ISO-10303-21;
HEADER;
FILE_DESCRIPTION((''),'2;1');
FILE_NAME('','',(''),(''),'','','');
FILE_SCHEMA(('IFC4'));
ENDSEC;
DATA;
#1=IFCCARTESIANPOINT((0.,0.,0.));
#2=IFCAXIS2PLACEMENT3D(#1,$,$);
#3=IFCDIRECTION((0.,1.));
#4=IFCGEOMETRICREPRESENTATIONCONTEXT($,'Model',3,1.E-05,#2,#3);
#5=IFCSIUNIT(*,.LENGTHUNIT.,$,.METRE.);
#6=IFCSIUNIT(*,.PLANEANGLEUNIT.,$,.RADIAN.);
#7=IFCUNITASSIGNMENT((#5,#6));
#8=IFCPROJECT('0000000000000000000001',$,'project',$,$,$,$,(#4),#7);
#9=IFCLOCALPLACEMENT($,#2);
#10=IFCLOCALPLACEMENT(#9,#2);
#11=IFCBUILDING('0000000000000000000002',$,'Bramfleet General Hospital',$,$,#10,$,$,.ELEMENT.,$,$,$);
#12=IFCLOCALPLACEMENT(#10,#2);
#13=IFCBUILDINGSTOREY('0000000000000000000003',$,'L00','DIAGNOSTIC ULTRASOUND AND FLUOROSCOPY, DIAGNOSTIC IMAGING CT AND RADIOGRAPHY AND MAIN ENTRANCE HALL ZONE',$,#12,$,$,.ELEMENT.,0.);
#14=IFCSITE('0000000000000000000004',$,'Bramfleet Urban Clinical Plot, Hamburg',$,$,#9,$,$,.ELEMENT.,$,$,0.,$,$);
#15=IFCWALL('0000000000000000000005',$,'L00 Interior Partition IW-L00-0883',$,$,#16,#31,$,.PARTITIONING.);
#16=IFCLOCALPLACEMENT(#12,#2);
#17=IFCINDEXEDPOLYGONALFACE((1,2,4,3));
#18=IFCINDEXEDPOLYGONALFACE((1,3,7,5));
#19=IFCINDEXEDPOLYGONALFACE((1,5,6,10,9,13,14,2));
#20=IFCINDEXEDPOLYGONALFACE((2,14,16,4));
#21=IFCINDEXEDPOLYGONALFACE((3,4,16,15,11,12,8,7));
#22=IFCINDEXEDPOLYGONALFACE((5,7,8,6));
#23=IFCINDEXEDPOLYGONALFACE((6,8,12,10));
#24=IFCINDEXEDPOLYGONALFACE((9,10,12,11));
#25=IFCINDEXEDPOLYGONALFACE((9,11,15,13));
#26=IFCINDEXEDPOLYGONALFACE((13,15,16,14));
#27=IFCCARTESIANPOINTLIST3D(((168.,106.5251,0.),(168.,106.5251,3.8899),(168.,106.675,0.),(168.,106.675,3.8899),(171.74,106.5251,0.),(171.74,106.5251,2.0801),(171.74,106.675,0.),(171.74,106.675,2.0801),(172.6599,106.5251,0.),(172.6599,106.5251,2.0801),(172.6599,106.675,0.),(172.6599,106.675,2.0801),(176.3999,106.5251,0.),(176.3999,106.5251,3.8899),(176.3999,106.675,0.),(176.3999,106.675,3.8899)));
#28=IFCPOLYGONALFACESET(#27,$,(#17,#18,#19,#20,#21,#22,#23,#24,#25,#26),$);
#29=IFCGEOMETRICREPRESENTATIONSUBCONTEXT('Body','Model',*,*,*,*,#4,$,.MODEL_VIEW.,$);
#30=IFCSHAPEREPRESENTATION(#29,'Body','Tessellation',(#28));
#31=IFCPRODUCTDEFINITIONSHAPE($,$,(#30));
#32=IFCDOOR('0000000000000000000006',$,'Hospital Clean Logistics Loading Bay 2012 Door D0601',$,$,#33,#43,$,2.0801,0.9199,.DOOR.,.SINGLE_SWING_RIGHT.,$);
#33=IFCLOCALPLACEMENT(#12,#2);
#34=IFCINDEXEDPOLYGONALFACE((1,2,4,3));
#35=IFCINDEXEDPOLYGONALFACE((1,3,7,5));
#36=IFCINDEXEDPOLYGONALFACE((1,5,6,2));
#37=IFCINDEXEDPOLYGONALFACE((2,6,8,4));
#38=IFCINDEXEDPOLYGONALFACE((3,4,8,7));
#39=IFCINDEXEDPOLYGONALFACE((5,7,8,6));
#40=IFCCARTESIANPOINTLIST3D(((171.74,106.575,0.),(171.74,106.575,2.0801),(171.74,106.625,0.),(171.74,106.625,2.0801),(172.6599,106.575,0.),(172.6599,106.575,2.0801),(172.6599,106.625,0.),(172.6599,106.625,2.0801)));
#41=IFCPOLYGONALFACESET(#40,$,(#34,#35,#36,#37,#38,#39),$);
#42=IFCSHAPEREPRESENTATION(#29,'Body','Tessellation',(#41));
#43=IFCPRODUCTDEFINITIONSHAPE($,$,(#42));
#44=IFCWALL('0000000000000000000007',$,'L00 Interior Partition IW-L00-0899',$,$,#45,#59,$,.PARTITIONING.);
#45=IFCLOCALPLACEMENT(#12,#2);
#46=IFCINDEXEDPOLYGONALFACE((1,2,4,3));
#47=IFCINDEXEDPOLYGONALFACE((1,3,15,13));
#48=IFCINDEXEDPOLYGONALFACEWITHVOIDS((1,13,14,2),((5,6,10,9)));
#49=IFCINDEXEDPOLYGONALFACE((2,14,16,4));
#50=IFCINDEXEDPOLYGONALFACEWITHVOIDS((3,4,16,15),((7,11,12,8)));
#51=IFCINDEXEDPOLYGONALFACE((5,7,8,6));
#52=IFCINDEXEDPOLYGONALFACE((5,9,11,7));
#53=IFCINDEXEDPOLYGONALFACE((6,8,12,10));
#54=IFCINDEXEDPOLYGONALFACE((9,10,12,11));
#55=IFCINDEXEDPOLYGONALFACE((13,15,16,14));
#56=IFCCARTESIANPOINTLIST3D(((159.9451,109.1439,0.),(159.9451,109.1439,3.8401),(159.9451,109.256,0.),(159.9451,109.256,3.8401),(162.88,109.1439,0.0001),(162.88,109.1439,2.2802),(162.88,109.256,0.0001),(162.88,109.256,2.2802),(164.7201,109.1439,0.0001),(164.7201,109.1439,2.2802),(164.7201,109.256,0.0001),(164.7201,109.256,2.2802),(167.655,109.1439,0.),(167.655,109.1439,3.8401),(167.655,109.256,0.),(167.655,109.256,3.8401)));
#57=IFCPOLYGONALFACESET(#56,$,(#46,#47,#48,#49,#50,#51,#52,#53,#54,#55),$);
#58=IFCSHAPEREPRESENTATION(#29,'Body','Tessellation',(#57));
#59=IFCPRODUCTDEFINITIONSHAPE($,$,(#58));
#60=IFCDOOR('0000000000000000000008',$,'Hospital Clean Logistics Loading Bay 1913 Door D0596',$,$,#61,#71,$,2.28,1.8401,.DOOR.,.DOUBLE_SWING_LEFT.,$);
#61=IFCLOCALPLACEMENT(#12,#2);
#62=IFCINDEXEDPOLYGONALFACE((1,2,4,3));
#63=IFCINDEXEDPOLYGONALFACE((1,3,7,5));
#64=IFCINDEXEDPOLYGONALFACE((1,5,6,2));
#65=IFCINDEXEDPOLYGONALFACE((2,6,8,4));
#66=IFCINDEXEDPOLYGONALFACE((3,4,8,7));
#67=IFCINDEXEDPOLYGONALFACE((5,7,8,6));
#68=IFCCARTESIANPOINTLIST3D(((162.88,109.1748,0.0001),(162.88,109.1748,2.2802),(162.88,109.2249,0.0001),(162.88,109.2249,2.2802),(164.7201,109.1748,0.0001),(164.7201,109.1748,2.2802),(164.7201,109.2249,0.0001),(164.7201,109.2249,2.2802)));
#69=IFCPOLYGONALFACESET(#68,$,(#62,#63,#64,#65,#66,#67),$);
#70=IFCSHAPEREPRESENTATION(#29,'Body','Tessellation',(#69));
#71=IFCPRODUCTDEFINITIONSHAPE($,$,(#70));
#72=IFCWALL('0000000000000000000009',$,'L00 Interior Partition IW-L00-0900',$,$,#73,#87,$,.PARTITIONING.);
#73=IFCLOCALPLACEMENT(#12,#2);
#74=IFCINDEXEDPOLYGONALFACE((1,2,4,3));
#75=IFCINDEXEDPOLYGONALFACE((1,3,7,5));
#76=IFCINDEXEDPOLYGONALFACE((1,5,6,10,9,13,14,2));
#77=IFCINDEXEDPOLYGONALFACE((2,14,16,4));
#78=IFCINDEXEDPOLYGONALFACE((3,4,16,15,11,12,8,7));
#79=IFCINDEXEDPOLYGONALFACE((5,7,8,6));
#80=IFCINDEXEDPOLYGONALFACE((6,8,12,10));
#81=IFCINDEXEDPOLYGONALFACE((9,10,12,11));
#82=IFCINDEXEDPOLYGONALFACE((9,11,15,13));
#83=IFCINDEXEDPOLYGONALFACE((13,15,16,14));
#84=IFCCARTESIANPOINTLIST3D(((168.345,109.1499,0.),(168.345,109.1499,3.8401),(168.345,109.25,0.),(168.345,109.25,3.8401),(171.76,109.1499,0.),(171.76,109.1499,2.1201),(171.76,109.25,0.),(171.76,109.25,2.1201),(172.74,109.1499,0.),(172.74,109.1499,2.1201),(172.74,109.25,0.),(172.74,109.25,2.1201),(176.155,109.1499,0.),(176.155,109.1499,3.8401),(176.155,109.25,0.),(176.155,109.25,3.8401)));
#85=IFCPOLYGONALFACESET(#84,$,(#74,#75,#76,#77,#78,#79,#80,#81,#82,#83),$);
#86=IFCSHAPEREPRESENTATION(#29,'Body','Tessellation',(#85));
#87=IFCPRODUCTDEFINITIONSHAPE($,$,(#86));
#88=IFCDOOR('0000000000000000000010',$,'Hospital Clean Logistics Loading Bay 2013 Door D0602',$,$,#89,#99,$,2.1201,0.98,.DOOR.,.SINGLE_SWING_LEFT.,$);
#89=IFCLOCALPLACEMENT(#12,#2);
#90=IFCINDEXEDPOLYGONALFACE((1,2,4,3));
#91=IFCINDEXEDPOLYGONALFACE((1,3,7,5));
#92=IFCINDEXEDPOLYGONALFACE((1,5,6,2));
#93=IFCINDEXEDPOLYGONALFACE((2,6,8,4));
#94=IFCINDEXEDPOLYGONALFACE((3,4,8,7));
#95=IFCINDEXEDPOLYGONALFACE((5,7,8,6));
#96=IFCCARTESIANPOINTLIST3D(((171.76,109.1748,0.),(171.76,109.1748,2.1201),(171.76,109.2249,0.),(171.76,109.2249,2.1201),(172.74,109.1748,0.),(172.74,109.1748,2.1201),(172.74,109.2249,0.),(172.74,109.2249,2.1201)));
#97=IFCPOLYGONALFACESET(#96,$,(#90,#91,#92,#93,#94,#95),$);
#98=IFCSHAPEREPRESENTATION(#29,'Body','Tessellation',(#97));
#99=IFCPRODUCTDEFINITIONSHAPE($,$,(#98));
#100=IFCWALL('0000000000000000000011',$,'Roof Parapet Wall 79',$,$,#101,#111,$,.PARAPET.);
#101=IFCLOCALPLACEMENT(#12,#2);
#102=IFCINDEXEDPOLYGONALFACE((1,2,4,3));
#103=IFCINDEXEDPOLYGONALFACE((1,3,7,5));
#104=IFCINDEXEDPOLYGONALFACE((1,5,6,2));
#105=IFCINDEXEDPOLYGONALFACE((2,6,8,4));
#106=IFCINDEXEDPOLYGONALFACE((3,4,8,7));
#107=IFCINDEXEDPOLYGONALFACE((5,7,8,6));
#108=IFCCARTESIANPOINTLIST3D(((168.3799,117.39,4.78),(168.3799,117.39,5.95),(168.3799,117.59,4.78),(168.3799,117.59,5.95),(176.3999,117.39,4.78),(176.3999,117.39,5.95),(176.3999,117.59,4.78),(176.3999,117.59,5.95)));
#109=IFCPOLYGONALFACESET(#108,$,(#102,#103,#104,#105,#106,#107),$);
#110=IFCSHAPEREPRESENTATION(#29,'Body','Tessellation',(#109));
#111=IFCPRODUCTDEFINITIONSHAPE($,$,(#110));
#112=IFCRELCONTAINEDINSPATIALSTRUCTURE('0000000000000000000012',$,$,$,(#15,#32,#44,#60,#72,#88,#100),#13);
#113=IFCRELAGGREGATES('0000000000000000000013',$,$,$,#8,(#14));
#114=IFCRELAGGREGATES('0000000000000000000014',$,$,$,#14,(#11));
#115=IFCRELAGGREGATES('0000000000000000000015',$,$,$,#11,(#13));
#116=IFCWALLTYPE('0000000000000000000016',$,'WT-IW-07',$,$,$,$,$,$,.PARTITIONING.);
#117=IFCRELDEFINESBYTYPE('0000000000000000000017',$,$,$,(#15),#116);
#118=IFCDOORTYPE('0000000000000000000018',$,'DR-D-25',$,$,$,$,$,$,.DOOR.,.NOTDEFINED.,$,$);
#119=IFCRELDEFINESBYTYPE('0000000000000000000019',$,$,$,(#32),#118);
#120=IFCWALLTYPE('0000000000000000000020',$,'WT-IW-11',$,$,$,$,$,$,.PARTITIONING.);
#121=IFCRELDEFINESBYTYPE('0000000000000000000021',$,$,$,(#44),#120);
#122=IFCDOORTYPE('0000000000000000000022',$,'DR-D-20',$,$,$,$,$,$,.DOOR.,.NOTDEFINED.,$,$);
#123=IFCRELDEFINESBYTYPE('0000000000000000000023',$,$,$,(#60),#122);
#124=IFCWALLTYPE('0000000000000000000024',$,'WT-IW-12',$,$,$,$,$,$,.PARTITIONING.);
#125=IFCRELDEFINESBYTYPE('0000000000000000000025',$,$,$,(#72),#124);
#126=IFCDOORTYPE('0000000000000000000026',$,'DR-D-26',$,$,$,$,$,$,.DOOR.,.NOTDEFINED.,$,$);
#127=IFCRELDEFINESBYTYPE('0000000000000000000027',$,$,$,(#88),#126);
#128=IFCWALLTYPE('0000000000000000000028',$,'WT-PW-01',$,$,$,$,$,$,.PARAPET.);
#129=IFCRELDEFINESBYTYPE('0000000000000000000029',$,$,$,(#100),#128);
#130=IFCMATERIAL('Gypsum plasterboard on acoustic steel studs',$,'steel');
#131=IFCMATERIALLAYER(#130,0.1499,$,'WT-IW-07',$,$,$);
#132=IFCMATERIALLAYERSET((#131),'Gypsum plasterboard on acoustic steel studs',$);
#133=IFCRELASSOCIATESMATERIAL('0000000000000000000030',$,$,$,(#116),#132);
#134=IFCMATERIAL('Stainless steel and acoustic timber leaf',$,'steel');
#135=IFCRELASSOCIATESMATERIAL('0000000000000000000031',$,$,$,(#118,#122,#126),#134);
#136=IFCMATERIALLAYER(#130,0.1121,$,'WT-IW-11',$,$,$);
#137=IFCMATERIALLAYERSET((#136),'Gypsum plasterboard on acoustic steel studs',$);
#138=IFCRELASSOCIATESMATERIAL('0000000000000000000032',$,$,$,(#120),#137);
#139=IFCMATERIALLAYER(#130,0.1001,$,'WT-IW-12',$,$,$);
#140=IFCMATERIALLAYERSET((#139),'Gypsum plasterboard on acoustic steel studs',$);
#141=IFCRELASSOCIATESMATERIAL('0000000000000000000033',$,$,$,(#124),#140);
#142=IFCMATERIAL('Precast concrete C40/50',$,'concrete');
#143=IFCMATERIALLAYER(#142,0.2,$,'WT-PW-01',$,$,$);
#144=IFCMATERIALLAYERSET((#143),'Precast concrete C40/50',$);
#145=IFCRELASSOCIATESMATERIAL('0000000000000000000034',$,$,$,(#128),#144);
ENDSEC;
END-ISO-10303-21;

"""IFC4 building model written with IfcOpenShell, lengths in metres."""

from ifc_helpers import new_model, si_unit, direction, frame, frame_2d, origin, place, context, subcontext, project, spatial, rectangle, extrude, material, layer, layer_set, type_object, element, fill, save


model = new_model("IFC4")

# Units and contexts
model_context = context("Model", 3, precision=1e-05, world=origin(), true_north=direction((0.0, 1.0)))
body_context = subcontext(model_context, "Body", "Model", "MODEL_VIEW")
ifc_project = project(units=[si_unit("LENGTHUNIT", "METRE"), si_unit("PLANEANGLEUNIT", "RADIAN")], contexts=[model_context])

# Site, building, storey
site_placement = place(None, origin())
site = spatial("IfcSite", under=ifc_project, at=site_placement, Name="Bramfleet Urban Clinical Plot, Hamburg", CompositionType="ELEMENT", RefElevation=0.0)
building_placement = place(site_placement, origin())
building = spatial("IfcBuilding", under=site, at=building_placement, Name="Bramfleet General Hospital", CompositionType="ELEMENT")
storey_placement = place(building_placement, origin())
storey = spatial("IfcBuildingStorey", under=building, at=storey_placement, Name="L00", Description="DIAGNOSTIC ULTRASOUND AND FLUOROSCOPY, DIAGNOSTIC IMAGING CT AND RADIOGRAPHY AND MAIN ENTRANCE HALL ZONE", CompositionType="ELEMENT", Elevation=0.0)

# Shared definitions
ifc_material_1 = material(Name="Gypsum plasterboard on acoustic steel studs", Category="steel")

# Walls, openings, doors
ifc_layer_1 = layer(ifc_material_1, 0.1499, Name="WT-IW-07")
ifc_layer_set_1 = layer_set([ifc_layer_1], Name="Gypsum plasterboard on acoustic steel studs")
wall_type_1 = type_object("IfcWallType", Name="WT-IW-07", PredefinedType="PARTITIONING", material=ifc_layer_set_1)
wall_1_placement = place(storey_placement, frame((168.0, 106.6001, 0.0), z_axis=(0.0, 0.0, 1.0), x_axis=(1.0, 0.0, 0.0)))
wall_1 = element("IfcWall", 1, at=wall_1_placement, inside=storey, type_object=wall_type_1, Name="L00 Interior Partition IW-L00-0883", PredefinedType="PARTITIONING", context=body_context, shape_type="SweptSolid", body=[
    extrude(rectangle(XDim=8.3999, YDim=0.1499, at=frame_2d((4.2, 0.0))), origin(), (0.0, 0.0, 1.0), 3.8899),
])
opening_1_placement = place(wall_1_placement, frame((3.74, 0.0, 0.0)))
opening_1 = element("IfcOpeningElement", 2, at=opening_1_placement, cuts=wall_1, PredefinedType="OPENING", context=body_context, shape_type="SweptSolid", body=[
    extrude(rectangle(XDim=0.9199, YDim=2.0801, at=frame_2d((0.46, 1.04))), frame((0.0, 0.085, 0.0), z_axis=(0.0, -1.0, 0.0), x_axis=(1.0, 0.0, 0.0)), (0.0, 0.0, 1.0), 0.1699),
])
ifc_material_2 = material(Name="Stainless steel and acoustic timber leaf", Category="steel")
door_type_1 = type_object("IfcDoorType", Name="DR-D-25", OperationType="NOTDEFINED", PredefinedType="DOOR", material=ifc_material_2)
door_1_placement = place(opening_1_placement, origin())
door_1 = element("IfcDoor", 3, at=door_1_placement, inside=storey, type_object=door_type_1, Name="Hospital Clean Logistics Loading Bay 2012 Door D0601", OperationType="SINGLE_SWING_RIGHT", OverallHeight=2.0801, OverallWidth=0.9199, PredefinedType="DOOR", context=body_context, shape_type="SweptSolid", body=[
    extrude(rectangle(XDim=0.9199, YDim=2.0801, at=frame_2d((0.46, 1.04))), frame((0.0, 0.0249, 0.0), z_axis=(0.0, -1.0, 0.0), x_axis=(1.0, 0.0, 0.0)), (0.0, 0.0, 1.0), 0.05),
])
fill(opening_1, door_1)
ifc_layer_2 = layer(ifc_material_1, 0.1121, Name="WT-IW-11")
ifc_layer_set_2 = layer_set([ifc_layer_2], Name="Gypsum plasterboard on acoustic steel studs")
wall_type_2 = type_object("IfcWallType", Name="WT-IW-11", PredefinedType="PARTITIONING", material=ifc_layer_set_2)
wall_2_placement = place(storey_placement, frame((159.9451, 109.2, 0.0), z_axis=(0.0, 0.0, 1.0), x_axis=(1.0, 0.0, 0.0)))
wall_2 = element("IfcWall", 4, at=wall_2_placement, inside=storey, type_object=wall_type_2, Name="L00 Interior Partition IW-L00-0899", PredefinedType="PARTITIONING", context=body_context, shape_type="SweptSolid", body=[
    extrude(rectangle(XDim=7.71, YDim=0.1121, at=frame_2d((3.855, 0.0))), origin(), (0.0, 0.0, 1.0), 3.8401),
])
opening_2_placement = place(wall_2_placement, frame((2.9351, 0.0, 0.0)))
opening_2 = element("IfcOpeningElement", 5, at=opening_2_placement, cuts=wall_2, PredefinedType="OPENING", context=body_context, shape_type="SweptSolid", body=[
    extrude(rectangle(XDim=1.8401, YDim=2.28, at=frame_2d((0.9199, 1.1401))), frame((0.0, 0.0659, 0.0), z_axis=(0.0, -1.0, 0.0), x_axis=(1.0, 0.0, 0.0)), (0.0, 0.0, 1.0), 0.1321),
])
door_type_2 = type_object("IfcDoorType", Name="DR-D-20", OperationType="NOTDEFINED", PredefinedType="DOOR", material=ifc_material_2)
door_2_placement = place(opening_2_placement, origin())
door_2 = element("IfcDoor", 6, at=door_2_placement, inside=storey, type_object=door_type_2, Name="Hospital Clean Logistics Loading Bay 1913 Door D0596", OperationType="DOUBLE_SWING_LEFT", OverallHeight=2.28, OverallWidth=1.8401, PredefinedType="DOOR", context=body_context, shape_type="SweptSolid", body=[
    extrude(rectangle(XDim=1.8401, YDim=2.28, at=frame_2d((0.9199, 1.1401))), frame((0.0, 0.0249, 0.0), z_axis=(0.0, -1.0, 0.0), x_axis=(1.0, 0.0, 0.0)), (0.0, 0.0, 1.0), 0.05),
])
fill(opening_2, door_2)
ifc_layer_3 = layer(ifc_material_1, 0.1001, Name="WT-IW-12")
ifc_layer_set_3 = layer_set([ifc_layer_3], Name="Gypsum plasterboard on acoustic steel studs")
wall_type_3 = type_object("IfcWallType", Name="WT-IW-12", PredefinedType="PARTITIONING", material=ifc_layer_set_3)
wall_3_placement = place(storey_placement, frame((168.345, 109.2, 0.0), z_axis=(0.0, 0.0, 1.0), x_axis=(1.0, 0.0, 0.0)))
wall_3 = element("IfcWall", 7, at=wall_3_placement, inside=storey, type_object=wall_type_3, Name="L00 Interior Partition IW-L00-0900", PredefinedType="PARTITIONING", context=body_context, shape_type="SweptSolid", body=[
    extrude(rectangle(XDim=7.8101, YDim=0.1001, at=frame_2d((3.905, 0.0))), origin(), (0.0, 0.0, 1.0), 3.8401),
])
opening_3_placement = place(wall_3_placement, frame((3.415, 0.0, 0.0)))
opening_3 = element("IfcOpeningElement", 8, at=opening_3_placement, cuts=wall_3, PredefinedType="OPENING", context=body_context, shape_type="SweptSolid", body=[
    extrude(rectangle(XDim=0.98, YDim=2.1201, at=frame_2d((0.49, 1.0601))), frame((0.0, 0.0601, 0.0), z_axis=(0.0, -1.0, 0.0), x_axis=(1.0, 0.0, 0.0)), (0.0, 0.0, 1.0), 0.1201),
])
door_type_3 = type_object("IfcDoorType", Name="DR-D-26", OperationType="NOTDEFINED", PredefinedType="DOOR", material=ifc_material_2)
door_3_placement = place(opening_3_placement, origin())
door_3 = element("IfcDoor", 9, at=door_3_placement, inside=storey, type_object=door_type_3, Name="Hospital Clean Logistics Loading Bay 2013 Door D0602", OperationType="SINGLE_SWING_LEFT", OverallHeight=2.1201, OverallWidth=0.98, PredefinedType="DOOR", context=body_context, shape_type="SweptSolid", body=[
    extrude(rectangle(XDim=0.98, YDim=2.1201, at=frame_2d((0.49, 1.0601))), frame((0.0, 0.0249, 0.0), z_axis=(0.0, -1.0, 0.0), x_axis=(1.0, 0.0, 0.0)), (0.0, 0.0, 1.0), 0.05),
])
fill(opening_3, door_3)

# Wall
ifc_material_3 = material(Name="Precast concrete C40/50", Category="concrete")
ifc_layer_4 = layer(ifc_material_3, 0.2, Name="WT-PW-01")
ifc_layer_set_4 = layer_set([ifc_layer_4], Name="Precast concrete C40/50")
wall_type_4 = type_object("IfcWallType", Name="WT-PW-01", PredefinedType="PARAPET", material=ifc_layer_set_4)
wall_4_placement = place(storey_placement, frame((168.3799, 117.49, 4.78), z_axis=(0.0, 0.0, 1.0), x_axis=(1.0, 0.0, 0.0)))
element("IfcWall", 10, at=wall_4_placement, inside=storey, type_object=wall_type_4, Name="Roof Parapet Wall 79", PredefinedType="PARAPET", context=body_context, shape_type="SweptSolid", body=[
    extrude(rectangle(XDim=8.02, YDim=0.2, at=frame_2d((4.01, 0.0))), origin(), (0.0, 0.0, 1.0), 1.1699),
])

save(model, "model.ifc")
